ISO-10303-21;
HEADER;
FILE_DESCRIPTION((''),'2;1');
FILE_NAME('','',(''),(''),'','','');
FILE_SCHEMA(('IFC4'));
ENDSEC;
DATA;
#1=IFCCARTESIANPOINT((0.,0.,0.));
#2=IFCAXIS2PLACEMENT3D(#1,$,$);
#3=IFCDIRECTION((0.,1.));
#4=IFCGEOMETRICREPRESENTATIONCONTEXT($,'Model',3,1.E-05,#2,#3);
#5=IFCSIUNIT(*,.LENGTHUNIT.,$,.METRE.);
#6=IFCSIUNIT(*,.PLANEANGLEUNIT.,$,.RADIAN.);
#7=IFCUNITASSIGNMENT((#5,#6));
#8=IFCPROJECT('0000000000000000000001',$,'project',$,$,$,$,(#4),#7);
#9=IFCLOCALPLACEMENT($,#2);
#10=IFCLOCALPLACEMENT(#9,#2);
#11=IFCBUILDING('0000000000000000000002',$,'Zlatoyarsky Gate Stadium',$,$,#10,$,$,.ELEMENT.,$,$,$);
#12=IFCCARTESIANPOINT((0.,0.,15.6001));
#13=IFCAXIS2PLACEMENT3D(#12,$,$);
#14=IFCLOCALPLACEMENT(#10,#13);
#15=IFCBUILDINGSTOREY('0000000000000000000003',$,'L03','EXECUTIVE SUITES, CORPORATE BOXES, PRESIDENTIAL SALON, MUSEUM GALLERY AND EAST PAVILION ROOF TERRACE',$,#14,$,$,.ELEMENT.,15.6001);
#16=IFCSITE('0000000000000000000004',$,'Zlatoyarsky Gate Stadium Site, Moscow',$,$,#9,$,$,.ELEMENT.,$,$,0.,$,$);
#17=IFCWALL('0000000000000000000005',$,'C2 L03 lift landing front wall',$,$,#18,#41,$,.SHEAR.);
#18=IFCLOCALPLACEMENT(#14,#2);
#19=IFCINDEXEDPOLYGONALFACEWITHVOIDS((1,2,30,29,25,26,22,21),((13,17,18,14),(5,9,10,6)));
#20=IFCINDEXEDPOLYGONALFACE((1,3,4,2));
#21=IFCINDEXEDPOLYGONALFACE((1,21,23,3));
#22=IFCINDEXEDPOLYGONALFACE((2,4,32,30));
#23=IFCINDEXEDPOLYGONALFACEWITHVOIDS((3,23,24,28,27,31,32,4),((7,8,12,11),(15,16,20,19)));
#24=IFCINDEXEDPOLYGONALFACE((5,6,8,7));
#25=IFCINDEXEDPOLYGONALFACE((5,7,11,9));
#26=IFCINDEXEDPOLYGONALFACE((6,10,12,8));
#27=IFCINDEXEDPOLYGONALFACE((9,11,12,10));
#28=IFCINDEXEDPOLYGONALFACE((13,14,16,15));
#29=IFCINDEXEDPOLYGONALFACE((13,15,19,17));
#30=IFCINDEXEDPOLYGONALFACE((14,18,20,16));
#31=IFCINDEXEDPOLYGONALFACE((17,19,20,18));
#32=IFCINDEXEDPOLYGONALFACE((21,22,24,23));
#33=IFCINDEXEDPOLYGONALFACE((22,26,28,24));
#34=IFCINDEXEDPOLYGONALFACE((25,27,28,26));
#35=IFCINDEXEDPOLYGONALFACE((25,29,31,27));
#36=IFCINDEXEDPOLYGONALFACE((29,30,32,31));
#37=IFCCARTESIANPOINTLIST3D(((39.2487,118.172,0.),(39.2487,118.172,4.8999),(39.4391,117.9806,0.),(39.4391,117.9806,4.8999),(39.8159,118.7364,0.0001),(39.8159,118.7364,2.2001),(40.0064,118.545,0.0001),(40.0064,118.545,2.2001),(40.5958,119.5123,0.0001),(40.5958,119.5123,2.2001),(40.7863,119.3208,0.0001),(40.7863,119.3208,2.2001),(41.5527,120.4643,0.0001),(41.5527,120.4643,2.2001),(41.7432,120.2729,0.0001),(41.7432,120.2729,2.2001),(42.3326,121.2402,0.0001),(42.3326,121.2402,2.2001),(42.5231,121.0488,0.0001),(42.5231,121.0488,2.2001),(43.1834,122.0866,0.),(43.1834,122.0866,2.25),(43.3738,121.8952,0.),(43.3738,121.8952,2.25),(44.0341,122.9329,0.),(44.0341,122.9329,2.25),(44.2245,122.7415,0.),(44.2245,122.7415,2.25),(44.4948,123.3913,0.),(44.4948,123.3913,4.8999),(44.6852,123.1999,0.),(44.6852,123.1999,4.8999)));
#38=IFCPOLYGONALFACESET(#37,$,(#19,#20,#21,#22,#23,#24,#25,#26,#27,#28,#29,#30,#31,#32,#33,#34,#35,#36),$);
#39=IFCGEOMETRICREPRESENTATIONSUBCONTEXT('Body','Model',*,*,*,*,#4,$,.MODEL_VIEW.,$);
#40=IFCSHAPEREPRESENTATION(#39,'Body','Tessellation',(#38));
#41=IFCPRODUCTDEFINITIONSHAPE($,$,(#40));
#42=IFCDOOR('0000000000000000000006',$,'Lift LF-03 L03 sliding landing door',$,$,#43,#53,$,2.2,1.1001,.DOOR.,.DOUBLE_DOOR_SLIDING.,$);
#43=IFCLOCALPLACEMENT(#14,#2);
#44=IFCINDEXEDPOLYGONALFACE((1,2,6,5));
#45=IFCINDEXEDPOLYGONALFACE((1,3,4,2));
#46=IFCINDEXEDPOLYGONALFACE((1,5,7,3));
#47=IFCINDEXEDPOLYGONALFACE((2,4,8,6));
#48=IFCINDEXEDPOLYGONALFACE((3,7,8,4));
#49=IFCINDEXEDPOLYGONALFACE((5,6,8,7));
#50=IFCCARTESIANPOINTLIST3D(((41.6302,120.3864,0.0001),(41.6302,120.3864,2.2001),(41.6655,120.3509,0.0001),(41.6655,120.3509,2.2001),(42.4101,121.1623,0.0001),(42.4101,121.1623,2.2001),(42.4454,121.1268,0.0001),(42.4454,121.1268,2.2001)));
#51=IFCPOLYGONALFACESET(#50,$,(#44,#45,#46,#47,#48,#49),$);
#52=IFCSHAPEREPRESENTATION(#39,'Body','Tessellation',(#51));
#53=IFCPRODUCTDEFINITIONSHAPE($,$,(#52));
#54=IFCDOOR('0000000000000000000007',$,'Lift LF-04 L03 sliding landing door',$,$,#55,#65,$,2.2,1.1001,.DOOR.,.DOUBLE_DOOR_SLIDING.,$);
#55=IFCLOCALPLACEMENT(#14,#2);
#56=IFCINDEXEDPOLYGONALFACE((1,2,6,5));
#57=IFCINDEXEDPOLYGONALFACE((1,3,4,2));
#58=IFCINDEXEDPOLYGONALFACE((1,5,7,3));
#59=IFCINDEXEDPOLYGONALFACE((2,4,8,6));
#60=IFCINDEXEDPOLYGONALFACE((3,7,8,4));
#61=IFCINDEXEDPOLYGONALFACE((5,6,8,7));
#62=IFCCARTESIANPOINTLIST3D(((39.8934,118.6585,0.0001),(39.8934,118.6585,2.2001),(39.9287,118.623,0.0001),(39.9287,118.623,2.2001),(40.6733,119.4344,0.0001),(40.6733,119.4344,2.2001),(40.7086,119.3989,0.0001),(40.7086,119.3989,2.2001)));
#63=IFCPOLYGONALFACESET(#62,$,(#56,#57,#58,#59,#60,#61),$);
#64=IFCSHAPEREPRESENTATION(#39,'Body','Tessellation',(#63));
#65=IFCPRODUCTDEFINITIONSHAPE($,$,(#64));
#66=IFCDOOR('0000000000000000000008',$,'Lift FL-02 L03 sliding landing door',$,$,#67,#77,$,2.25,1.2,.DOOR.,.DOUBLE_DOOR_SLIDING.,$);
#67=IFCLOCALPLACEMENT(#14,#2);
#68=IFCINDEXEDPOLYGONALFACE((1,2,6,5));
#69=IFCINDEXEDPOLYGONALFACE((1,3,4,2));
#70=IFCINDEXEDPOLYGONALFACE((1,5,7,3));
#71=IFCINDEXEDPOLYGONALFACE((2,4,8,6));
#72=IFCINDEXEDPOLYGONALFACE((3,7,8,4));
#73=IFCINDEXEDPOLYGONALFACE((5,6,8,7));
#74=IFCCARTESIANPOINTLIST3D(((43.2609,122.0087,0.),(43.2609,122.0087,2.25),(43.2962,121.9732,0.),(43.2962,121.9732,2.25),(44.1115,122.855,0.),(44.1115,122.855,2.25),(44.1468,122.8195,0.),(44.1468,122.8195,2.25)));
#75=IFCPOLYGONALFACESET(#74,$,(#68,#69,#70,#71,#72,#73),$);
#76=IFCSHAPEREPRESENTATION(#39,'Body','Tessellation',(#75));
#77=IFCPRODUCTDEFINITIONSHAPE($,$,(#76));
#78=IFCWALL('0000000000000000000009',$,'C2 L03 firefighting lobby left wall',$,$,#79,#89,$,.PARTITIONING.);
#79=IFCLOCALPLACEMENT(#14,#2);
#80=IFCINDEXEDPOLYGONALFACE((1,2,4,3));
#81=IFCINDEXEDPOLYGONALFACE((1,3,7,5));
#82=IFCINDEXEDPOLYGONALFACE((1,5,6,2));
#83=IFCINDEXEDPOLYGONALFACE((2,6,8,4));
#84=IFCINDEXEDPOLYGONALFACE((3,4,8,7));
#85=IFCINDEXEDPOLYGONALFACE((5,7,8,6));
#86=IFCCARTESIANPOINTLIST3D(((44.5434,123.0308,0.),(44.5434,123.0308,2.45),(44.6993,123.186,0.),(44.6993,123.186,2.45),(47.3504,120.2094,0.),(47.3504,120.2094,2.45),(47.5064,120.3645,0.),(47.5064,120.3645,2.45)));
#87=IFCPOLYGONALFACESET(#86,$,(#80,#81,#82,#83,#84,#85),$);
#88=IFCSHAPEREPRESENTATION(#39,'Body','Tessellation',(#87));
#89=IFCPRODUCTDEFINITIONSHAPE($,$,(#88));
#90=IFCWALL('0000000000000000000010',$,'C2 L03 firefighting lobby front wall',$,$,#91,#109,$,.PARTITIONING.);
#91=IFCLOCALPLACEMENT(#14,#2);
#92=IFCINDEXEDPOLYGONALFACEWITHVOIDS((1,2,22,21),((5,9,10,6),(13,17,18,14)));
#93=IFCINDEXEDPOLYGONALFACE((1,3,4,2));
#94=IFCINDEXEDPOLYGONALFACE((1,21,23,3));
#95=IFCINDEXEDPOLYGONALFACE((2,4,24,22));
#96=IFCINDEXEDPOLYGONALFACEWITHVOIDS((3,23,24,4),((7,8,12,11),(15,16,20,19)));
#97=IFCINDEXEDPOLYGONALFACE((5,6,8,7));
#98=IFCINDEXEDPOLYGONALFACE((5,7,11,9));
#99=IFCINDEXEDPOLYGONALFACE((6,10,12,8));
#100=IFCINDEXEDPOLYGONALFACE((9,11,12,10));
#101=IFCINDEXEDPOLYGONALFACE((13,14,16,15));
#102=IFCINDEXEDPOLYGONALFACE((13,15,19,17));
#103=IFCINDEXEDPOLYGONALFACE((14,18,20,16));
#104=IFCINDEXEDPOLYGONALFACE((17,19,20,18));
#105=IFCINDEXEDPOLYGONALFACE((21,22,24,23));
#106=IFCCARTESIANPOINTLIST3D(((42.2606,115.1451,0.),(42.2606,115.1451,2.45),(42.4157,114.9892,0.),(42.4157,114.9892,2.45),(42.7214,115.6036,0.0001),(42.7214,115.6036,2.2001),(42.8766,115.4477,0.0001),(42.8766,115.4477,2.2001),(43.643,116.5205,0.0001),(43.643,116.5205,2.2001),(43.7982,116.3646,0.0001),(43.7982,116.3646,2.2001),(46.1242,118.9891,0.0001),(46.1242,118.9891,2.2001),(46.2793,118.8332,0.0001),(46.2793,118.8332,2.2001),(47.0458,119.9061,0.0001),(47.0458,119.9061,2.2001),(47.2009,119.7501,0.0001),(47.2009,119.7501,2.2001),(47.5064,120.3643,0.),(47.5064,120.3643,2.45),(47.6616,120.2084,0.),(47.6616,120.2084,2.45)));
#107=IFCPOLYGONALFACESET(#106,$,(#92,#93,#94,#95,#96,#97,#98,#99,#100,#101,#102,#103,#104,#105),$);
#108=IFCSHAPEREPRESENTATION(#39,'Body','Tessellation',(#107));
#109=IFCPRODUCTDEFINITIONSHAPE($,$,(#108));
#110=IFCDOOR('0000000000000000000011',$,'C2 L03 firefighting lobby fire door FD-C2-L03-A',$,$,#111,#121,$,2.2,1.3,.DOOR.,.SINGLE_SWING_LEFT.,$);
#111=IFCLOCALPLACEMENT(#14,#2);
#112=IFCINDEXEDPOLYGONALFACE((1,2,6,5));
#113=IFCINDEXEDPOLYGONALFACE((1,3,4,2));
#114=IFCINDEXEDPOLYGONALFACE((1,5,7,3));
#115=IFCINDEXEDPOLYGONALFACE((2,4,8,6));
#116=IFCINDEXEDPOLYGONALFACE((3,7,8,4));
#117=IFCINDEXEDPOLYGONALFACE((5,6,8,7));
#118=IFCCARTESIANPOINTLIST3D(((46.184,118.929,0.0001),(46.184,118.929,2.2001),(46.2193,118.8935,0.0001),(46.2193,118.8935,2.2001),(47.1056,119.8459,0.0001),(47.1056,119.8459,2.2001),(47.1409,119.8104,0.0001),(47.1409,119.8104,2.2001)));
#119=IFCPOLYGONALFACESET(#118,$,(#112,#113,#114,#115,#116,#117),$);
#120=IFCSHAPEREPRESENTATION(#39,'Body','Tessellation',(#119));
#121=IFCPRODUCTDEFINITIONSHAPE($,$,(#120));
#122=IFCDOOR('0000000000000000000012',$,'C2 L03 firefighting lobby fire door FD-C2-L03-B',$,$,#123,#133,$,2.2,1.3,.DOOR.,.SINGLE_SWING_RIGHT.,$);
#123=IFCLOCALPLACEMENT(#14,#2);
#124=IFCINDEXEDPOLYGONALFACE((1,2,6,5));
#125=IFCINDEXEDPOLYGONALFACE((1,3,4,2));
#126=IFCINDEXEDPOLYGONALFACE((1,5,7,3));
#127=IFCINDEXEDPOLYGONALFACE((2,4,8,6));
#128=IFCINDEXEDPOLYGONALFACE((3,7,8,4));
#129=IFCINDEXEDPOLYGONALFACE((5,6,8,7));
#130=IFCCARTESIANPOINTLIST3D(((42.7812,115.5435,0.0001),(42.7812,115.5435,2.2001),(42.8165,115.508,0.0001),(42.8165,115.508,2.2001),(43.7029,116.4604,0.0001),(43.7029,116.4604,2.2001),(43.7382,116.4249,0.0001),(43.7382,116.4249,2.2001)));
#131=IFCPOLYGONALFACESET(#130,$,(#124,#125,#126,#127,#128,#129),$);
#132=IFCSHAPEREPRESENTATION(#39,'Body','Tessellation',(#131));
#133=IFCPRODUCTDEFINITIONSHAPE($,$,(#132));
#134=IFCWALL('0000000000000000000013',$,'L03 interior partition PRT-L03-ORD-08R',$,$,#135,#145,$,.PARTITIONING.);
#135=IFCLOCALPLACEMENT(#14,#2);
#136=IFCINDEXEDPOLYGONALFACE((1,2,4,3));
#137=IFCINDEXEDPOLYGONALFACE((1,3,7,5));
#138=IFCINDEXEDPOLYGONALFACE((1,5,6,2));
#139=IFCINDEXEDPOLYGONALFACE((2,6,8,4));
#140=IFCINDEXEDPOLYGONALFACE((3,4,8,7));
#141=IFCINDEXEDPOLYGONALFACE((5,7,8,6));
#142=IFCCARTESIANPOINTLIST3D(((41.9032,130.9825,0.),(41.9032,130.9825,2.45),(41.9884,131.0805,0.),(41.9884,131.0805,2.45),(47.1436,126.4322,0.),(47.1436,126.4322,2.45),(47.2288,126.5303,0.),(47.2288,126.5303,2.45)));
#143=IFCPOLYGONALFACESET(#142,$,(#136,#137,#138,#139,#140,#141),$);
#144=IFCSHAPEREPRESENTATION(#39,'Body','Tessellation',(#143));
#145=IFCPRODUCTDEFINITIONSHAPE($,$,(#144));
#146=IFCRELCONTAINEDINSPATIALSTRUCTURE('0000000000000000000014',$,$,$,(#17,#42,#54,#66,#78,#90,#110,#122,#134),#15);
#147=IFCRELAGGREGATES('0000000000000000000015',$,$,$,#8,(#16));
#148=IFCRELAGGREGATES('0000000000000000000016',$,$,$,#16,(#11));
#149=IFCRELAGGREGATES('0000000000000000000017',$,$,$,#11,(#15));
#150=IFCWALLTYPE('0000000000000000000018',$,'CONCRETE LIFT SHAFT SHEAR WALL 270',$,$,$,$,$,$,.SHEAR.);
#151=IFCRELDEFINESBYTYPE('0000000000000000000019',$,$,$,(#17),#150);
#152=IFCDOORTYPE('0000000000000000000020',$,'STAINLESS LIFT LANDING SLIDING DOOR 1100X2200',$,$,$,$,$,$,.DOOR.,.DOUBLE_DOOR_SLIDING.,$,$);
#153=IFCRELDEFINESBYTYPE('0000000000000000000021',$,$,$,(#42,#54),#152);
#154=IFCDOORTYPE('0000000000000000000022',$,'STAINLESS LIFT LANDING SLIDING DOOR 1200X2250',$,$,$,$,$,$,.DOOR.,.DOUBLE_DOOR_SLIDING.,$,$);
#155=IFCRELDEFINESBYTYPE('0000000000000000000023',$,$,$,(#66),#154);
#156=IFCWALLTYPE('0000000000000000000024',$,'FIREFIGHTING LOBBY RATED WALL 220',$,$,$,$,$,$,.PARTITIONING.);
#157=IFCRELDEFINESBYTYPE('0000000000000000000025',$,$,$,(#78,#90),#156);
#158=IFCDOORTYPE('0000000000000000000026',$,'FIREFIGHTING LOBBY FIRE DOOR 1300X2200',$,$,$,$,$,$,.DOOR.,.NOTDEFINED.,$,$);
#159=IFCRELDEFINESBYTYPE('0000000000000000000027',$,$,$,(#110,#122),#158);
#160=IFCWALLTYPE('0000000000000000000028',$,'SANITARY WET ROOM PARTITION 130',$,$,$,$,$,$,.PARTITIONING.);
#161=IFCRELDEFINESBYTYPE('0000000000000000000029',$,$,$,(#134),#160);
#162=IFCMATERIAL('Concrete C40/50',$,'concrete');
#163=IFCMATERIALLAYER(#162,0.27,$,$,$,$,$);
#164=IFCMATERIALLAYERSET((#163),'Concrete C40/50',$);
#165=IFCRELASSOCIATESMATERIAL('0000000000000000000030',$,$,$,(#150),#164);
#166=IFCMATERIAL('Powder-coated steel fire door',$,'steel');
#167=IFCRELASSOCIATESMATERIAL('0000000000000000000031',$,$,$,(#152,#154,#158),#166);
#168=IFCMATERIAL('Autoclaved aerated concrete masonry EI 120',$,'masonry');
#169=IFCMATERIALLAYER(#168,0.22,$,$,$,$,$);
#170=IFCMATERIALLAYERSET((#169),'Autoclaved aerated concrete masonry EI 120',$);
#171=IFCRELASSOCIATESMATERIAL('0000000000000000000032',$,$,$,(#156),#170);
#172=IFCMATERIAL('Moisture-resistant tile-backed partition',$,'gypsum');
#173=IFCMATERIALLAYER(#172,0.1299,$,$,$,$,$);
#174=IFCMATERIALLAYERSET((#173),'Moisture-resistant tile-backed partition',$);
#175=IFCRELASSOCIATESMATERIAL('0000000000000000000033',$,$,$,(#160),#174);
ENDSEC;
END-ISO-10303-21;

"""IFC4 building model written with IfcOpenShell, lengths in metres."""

from ifc_helpers import new_model, si_unit, direction, frame, frame_2d, origin, place, context, subcontext, project, spatial, rectangle, extrude, material, layer, layer_set, type_object, element, fill, save


model = new_model("IFC4")

# Units and contexts
model_context = context("Model", 3, precision=1e-05, world=origin(), true_north=direction((0.0, 1.0)))
body_context = subcontext(model_context, "Body", "Model", "MODEL_VIEW")
ifc_project = project(units=[si_unit("LENGTHUNIT", "METRE"), si_unit("PLANEANGLEUNIT", "RADIAN")], contexts=[model_context])

# Site, building, storey
site_placement = place(None, origin())
site = spatial("IfcSite", under=ifc_project, at=site_placement, Name="Zlatoyarsky Gate Stadium Site, Moscow", CompositionType="ELEMENT", RefElevation=0.0)
building_placement = place(site_placement, origin())
building = spatial("IfcBuilding", under=site, at=building_placement, Name="Zlatoyarsky Gate Stadium", CompositionType="ELEMENT")
storey_placement = place(building_placement, frame((0.0, 0.0, 15.6001)))
storey = spatial("IfcBuildingStorey", under=building, at=storey_placement, Name="L03", Description="EXECUTIVE SUITES, CORPORATE BOXES, PRESIDENTIAL SALON, MUSEUM GALLERY AND EAST PAVILION ROOF TERRACE", CompositionType="ELEMENT", Elevation=15.6001)

# Wall, openings, doors
ifc_material_1 = material(Name="Concrete C40/50", Category="concrete")
ifc_layer_1 = layer(ifc_material_1, 0.27)
ifc_layer_set_1 = layer_set([ifc_layer_1], Name="Concrete C40/50")
wall_type_1 = type_object("IfcWallType", Name="CONCRETE LIFT SHAFT SHEAR WALL 270", PredefinedType="SHEAR", material=ifc_layer_set_1)
wall_1_placement = place(storey_placement, frame((44.5901, 123.2957, 0.0), z_axis=(0.0, 0.0, 1.0), x_axis=(-0.708919, -0.70529, 0.0)))
wall_1 = element("IfcWall", 1, at=wall_1_placement, inside=storey, type_object=wall_type_1, Name="C2 L03 lift landing front wall", PredefinedType="SHEAR", context=body_context, shape_type="SweptSolid", body=[
    extrude(rectangle(XDim=7.4001, YDim=0.27, at=frame_2d((3.7002, 0.0))), origin(), (0.0, 0.0, 1.0), 4.8999),
])
opening_1_placement = place(wall_1_placement, frame((0.6499, 0.0, 0.0)))
opening_1 = element("IfcOpeningElement", 2, at=opening_1_placement, cuts=wall_1, PredefinedType="OPENING", context=body_context, shape_type="SweptSolid", body=[
    extrude(rectangle(XDim=1.2, YDim=2.25, at=frame_2d((0.6001, 1.125))), frame((0.0, 0.145, 0.0), z_axis=(0.0, -1.0, 0.0), x_axis=(1.0, 0.0, 0.0)), (0.0, 0.0, 1.0), 0.29),
])
opening_2_placement = place(wall_1_placement, frame((3.05, 0.0, 0.0)))
opening_2 = element("IfcOpeningElement", 3, at=opening_2_placement, cuts=wall_1, PredefinedType="OPENING", context=body_context, shape_type="SweptSolid", body=[
    extrude(rectangle(XDim=1.1001, YDim=2.2, at=frame_2d((0.55, 1.1001))), frame((0.0, 0.145, 0.0), z_axis=(0.0, -1.0, 0.0), x_axis=(1.0, 0.0, 0.0)), (0.0, 0.0, 1.0), 0.29),
])
opening_3_placement = place(wall_1_placement, frame((5.5, 0.0, 0.0)))
opening_3 = element("IfcOpeningElement", 4, at=opening_3_placement, cuts=wall_1, PredefinedType="OPENING", context=body_context, shape_type="SweptSolid", body=[
    extrude(rectangle(XDim=1.1001, YDim=2.2, at=frame_2d((0.55, 1.1001))), frame((0.0, 0.145, 0.0), z_axis=(0.0, -1.0, 0.0), x_axis=(1.0, 0.0, 0.0)), (0.0, 0.0, 1.0), 0.29),
])
ifc_material_2 = material(Name="Powder-coated steel fire door", Category="steel")
door_type_1 = type_object("IfcDoorType", Name="STAINLESS LIFT LANDING SLIDING DOOR 1100X2200", OperationType="DOUBLE_DOOR_SLIDING", PredefinedType="DOOR", material=ifc_material_2)
door_1_placement = place(opening_2_placement, origin())
door_1 = element("IfcDoor", 5, at=door_1_placement, inside=storey, type_object=door_type_1, Name="Lift LF-03 L03 sliding landing door", OperationType="DOUBLE_DOOR_SLIDING", OverallHeight=2.2, OverallWidth=1.1001, PredefinedType="DOOR", context=body_context, shape_type="SweptSolid", body=[
    extrude(rectangle(XDim=1.1001, YDim=2.2, at=frame_2d((0.55, 1.1001))), frame((0.0, 0.0249, 0.0), z_axis=(0.0, -1.0, 0.0), x_axis=(1.0, 0.0, 0.0)), (0.0, 0.0, 1.0), 0.05),
])
fill(opening_2, door_1)
door_2_placement = place(opening_3_placement, origin())
door_2 = element("IfcDoor", 6, at=door_2_placement, inside=storey, type_object=door_type_1, Name="Lift LF-04 L03 sliding landing door", OperationType="DOUBLE_DOOR_SLIDING", OverallHeight=2.2, OverallWidth=1.1001, PredefinedType="DOOR", context=body_context, shape_type="SweptSolid", body=[
    extrude(rectangle(XDim=1.1001, YDim=2.2, at=frame_2d((0.55, 1.1001))), frame((0.0, 0.0249, 0.0), z_axis=(0.0, -1.0, 0.0), x_axis=(1.0, 0.0, 0.0)), (0.0, 0.0, 1.0), 0.05),
])
fill(opening_3, door_2)
door_type_2 = type_object("IfcDoorType", Name="STAINLESS LIFT LANDING SLIDING DOOR 1200X2250", OperationType="DOUBLE_DOOR_SLIDING", PredefinedType="DOOR", material=ifc_material_2)
door_3_placement = place(opening_1_placement, origin())
door_3 = element("IfcDoor", 7, at=door_3_placement, inside=storey, type_object=door_type_2, Name="Lift FL-02 L03 sliding landing door", OperationType="DOUBLE_DOOR_SLIDING", OverallHeight=2.25, OverallWidth=1.2, PredefinedType="DOOR", context=body_context, shape_type="SweptSolid", body=[
    extrude(rectangle(XDim=1.2, YDim=2.25, at=frame_2d((0.6001, 1.125))), frame((0.0, 0.0249, 0.0), z_axis=(0.0, -1.0, 0.0), x_axis=(1.0, 0.0, 0.0)), (0.0, 0.0, 1.0), 0.05),
])
fill(opening_1, door_3)

# Wall
ifc_material_3 = material(Name="Autoclaved aerated concrete masonry EI 120", Category="masonry")
ifc_layer_2 = layer(ifc_material_3, 0.22)
ifc_layer_set_2 = layer_set([ifc_layer_2], Name="Autoclaved aerated concrete masonry EI 120")
wall_type_2 = type_object("IfcWallType", Name="FIREFIGHTING LOBBY RATED WALL 220", PredefinedType="PARTITIONING", material=ifc_layer_set_2)
wall_2_placement = place(storey_placement, frame((44.6213, 123.1084, 0.0), z_axis=(0.0, 0.0, 1.0), x_axis=(0.705295, -0.708914, 0.0)))
element("IfcWall", 8, at=wall_2_placement, inside=storey, type_object=wall_type_2, Name="C2 L03 firefighting lobby left wall", PredefinedType="PARTITIONING", context=body_context, shape_type="SweptSolid", body=[
    extrude(rectangle(XDim=3.98, YDim=0.22, at=frame_2d((1.99, 0.0))), origin(), (0.0, 0.0, 1.0), 2.45),
])

# Wall, openings, doors
wall_3_placement = place(storey_placement, frame((47.584, 120.2864, 0.0), z_axis=(0.0, 0.0, 1.0), x_axis=(-0.708903, -0.705306, 0.0)))
wall_3 = element("IfcWall", 9, at=wall_3_placement, inside=storey, type_object=wall_type_2, Name="C2 L03 firefighting lobby front wall", PredefinedType="PARTITIONING", context=body_context, shape_type="SweptSolid", body=[
    extrude(rectangle(XDim=7.3999, YDim=0.22, at=frame_2d((3.7, 0.0))), origin(), (0.0, 0.0, 1.0), 2.45),
])
opening_4_placement = place(wall_3_placement, frame((0.6499, 0.0, 0.0)))
opening_4 = element("IfcOpeningElement", 10, at=opening_4_placement, cuts=wall_3, PredefinedType="OPENING", context=body_context, shape_type="SweptSolid", body=[
    extrude(rectangle(XDim=1.3, YDim=2.2, at=frame_2d((0.6499, 1.1001))), frame((0.0, 0.1199, 0.0), z_axis=(0.0, -1.0, 0.0), x_axis=(1.0, 0.0, 0.0)), (0.0, 0.0, 1.0), 0.24),
])
opening_5_placement = place(wall_3_placement, frame((5.45, 0.0, 0.0)))
opening_5 = element("IfcOpeningElement", 11, at=opening_5_placement, cuts=wall_3, PredefinedType="OPENING", context=body_context, shape_type="SweptSolid", body=[
    extrude(rectangle(XDim=1.3, YDim=2.2, at=frame_2d((0.6499, 1.1001))), frame((0.0, 0.1199, 0.0), z_axis=(0.0, -1.0, 0.0), x_axis=(1.0, 0.0, 0.0)), (0.0, 0.0, 1.0), 0.24),
])
door_type_3 = type_object("IfcDoorType", Name="FIREFIGHTING LOBBY FIRE DOOR 1300X2200", OperationType="NOTDEFINED", PredefinedType="DOOR", material=ifc_material_2)
door_4_placement = place(opening_4_placement, origin())
door_4 = element("IfcDoor", 12, at=door_4_placement, inside=storey, type_object=door_type_3, Name="C2 L03 firefighting lobby fire door FD-C2-L03-A", OperationType="SINGLE_SWING_LEFT", OverallHeight=2.2, OverallWidth=1.3, PredefinedType="DOOR", context=body_context, shape_type="SweptSolid", body=[
    extrude(rectangle(XDim=1.3, YDim=2.2, at=frame_2d((0.6499, 1.1001))), frame((0.0, 0.0249, 0.0), z_axis=(0.0, -1.0, 0.0), x_axis=(1.0, 0.0, 0.0)), (0.0, 0.0, 1.0), 0.05),
])
fill(opening_4, door_4)
door_5_placement = place(opening_5_placement, origin())
door_5 = element("IfcDoor", 13, at=door_5_placement, inside=storey, type_object=door_type_3, Name="C2 L03 firefighting lobby fire door FD-C2-L03-B", OperationType="SINGLE_SWING_RIGHT", OverallHeight=2.2, OverallWidth=1.3, PredefinedType="DOOR", context=body_context, shape_type="SweptSolid", body=[
    extrude(rectangle(XDim=1.3, YDim=2.2, at=frame_2d((0.6499, 1.1001))), frame((0.0, 0.0249, 0.0), z_axis=(0.0, -1.0, 0.0), x_axis=(1.0, 0.0, 0.0)), (0.0, 0.0, 1.0), 0.05),
])
fill(opening_5, door_5)

# Wall
ifc_material_4 = material(Name="Moisture-resistant tile-backed partition", Category="gypsum")
ifc_layer_3 = layer(ifc_material_4, 0.1299)
ifc_layer_set_3 = layer_set([ifc_layer_3], Name="Moisture-resistant tile-backed partition")
wall_type_3 = type_object("IfcWallType", Name="SANITARY WET ROOM PARTITION 130", PredefinedType="PARTITIONING", material=ifc_layer_set_3)
wall_4_placement = place(storey_placement, frame((47.1863, 126.4812, 0.0), z_axis=(0.0, 0.0, 1.0), x_axis=(-0.755079, 0.655633, 0.0)))
element("IfcWall", 14, at=wall_4_placement, inside=storey, type_object=wall_type_3, Name="L03 interior partition PRT-L03-ORD-08R", PredefinedType="PARTITIONING", context=body_context, shape_type="SweptSolid", body=[
    extrude(rectangle(XDim=6.9402, YDim=0.1299, at=frame_2d((3.4702, 0.0))), origin(), (0.0, 0.0, 1.0), 2.45),
])

save(model, "model.ifc")
